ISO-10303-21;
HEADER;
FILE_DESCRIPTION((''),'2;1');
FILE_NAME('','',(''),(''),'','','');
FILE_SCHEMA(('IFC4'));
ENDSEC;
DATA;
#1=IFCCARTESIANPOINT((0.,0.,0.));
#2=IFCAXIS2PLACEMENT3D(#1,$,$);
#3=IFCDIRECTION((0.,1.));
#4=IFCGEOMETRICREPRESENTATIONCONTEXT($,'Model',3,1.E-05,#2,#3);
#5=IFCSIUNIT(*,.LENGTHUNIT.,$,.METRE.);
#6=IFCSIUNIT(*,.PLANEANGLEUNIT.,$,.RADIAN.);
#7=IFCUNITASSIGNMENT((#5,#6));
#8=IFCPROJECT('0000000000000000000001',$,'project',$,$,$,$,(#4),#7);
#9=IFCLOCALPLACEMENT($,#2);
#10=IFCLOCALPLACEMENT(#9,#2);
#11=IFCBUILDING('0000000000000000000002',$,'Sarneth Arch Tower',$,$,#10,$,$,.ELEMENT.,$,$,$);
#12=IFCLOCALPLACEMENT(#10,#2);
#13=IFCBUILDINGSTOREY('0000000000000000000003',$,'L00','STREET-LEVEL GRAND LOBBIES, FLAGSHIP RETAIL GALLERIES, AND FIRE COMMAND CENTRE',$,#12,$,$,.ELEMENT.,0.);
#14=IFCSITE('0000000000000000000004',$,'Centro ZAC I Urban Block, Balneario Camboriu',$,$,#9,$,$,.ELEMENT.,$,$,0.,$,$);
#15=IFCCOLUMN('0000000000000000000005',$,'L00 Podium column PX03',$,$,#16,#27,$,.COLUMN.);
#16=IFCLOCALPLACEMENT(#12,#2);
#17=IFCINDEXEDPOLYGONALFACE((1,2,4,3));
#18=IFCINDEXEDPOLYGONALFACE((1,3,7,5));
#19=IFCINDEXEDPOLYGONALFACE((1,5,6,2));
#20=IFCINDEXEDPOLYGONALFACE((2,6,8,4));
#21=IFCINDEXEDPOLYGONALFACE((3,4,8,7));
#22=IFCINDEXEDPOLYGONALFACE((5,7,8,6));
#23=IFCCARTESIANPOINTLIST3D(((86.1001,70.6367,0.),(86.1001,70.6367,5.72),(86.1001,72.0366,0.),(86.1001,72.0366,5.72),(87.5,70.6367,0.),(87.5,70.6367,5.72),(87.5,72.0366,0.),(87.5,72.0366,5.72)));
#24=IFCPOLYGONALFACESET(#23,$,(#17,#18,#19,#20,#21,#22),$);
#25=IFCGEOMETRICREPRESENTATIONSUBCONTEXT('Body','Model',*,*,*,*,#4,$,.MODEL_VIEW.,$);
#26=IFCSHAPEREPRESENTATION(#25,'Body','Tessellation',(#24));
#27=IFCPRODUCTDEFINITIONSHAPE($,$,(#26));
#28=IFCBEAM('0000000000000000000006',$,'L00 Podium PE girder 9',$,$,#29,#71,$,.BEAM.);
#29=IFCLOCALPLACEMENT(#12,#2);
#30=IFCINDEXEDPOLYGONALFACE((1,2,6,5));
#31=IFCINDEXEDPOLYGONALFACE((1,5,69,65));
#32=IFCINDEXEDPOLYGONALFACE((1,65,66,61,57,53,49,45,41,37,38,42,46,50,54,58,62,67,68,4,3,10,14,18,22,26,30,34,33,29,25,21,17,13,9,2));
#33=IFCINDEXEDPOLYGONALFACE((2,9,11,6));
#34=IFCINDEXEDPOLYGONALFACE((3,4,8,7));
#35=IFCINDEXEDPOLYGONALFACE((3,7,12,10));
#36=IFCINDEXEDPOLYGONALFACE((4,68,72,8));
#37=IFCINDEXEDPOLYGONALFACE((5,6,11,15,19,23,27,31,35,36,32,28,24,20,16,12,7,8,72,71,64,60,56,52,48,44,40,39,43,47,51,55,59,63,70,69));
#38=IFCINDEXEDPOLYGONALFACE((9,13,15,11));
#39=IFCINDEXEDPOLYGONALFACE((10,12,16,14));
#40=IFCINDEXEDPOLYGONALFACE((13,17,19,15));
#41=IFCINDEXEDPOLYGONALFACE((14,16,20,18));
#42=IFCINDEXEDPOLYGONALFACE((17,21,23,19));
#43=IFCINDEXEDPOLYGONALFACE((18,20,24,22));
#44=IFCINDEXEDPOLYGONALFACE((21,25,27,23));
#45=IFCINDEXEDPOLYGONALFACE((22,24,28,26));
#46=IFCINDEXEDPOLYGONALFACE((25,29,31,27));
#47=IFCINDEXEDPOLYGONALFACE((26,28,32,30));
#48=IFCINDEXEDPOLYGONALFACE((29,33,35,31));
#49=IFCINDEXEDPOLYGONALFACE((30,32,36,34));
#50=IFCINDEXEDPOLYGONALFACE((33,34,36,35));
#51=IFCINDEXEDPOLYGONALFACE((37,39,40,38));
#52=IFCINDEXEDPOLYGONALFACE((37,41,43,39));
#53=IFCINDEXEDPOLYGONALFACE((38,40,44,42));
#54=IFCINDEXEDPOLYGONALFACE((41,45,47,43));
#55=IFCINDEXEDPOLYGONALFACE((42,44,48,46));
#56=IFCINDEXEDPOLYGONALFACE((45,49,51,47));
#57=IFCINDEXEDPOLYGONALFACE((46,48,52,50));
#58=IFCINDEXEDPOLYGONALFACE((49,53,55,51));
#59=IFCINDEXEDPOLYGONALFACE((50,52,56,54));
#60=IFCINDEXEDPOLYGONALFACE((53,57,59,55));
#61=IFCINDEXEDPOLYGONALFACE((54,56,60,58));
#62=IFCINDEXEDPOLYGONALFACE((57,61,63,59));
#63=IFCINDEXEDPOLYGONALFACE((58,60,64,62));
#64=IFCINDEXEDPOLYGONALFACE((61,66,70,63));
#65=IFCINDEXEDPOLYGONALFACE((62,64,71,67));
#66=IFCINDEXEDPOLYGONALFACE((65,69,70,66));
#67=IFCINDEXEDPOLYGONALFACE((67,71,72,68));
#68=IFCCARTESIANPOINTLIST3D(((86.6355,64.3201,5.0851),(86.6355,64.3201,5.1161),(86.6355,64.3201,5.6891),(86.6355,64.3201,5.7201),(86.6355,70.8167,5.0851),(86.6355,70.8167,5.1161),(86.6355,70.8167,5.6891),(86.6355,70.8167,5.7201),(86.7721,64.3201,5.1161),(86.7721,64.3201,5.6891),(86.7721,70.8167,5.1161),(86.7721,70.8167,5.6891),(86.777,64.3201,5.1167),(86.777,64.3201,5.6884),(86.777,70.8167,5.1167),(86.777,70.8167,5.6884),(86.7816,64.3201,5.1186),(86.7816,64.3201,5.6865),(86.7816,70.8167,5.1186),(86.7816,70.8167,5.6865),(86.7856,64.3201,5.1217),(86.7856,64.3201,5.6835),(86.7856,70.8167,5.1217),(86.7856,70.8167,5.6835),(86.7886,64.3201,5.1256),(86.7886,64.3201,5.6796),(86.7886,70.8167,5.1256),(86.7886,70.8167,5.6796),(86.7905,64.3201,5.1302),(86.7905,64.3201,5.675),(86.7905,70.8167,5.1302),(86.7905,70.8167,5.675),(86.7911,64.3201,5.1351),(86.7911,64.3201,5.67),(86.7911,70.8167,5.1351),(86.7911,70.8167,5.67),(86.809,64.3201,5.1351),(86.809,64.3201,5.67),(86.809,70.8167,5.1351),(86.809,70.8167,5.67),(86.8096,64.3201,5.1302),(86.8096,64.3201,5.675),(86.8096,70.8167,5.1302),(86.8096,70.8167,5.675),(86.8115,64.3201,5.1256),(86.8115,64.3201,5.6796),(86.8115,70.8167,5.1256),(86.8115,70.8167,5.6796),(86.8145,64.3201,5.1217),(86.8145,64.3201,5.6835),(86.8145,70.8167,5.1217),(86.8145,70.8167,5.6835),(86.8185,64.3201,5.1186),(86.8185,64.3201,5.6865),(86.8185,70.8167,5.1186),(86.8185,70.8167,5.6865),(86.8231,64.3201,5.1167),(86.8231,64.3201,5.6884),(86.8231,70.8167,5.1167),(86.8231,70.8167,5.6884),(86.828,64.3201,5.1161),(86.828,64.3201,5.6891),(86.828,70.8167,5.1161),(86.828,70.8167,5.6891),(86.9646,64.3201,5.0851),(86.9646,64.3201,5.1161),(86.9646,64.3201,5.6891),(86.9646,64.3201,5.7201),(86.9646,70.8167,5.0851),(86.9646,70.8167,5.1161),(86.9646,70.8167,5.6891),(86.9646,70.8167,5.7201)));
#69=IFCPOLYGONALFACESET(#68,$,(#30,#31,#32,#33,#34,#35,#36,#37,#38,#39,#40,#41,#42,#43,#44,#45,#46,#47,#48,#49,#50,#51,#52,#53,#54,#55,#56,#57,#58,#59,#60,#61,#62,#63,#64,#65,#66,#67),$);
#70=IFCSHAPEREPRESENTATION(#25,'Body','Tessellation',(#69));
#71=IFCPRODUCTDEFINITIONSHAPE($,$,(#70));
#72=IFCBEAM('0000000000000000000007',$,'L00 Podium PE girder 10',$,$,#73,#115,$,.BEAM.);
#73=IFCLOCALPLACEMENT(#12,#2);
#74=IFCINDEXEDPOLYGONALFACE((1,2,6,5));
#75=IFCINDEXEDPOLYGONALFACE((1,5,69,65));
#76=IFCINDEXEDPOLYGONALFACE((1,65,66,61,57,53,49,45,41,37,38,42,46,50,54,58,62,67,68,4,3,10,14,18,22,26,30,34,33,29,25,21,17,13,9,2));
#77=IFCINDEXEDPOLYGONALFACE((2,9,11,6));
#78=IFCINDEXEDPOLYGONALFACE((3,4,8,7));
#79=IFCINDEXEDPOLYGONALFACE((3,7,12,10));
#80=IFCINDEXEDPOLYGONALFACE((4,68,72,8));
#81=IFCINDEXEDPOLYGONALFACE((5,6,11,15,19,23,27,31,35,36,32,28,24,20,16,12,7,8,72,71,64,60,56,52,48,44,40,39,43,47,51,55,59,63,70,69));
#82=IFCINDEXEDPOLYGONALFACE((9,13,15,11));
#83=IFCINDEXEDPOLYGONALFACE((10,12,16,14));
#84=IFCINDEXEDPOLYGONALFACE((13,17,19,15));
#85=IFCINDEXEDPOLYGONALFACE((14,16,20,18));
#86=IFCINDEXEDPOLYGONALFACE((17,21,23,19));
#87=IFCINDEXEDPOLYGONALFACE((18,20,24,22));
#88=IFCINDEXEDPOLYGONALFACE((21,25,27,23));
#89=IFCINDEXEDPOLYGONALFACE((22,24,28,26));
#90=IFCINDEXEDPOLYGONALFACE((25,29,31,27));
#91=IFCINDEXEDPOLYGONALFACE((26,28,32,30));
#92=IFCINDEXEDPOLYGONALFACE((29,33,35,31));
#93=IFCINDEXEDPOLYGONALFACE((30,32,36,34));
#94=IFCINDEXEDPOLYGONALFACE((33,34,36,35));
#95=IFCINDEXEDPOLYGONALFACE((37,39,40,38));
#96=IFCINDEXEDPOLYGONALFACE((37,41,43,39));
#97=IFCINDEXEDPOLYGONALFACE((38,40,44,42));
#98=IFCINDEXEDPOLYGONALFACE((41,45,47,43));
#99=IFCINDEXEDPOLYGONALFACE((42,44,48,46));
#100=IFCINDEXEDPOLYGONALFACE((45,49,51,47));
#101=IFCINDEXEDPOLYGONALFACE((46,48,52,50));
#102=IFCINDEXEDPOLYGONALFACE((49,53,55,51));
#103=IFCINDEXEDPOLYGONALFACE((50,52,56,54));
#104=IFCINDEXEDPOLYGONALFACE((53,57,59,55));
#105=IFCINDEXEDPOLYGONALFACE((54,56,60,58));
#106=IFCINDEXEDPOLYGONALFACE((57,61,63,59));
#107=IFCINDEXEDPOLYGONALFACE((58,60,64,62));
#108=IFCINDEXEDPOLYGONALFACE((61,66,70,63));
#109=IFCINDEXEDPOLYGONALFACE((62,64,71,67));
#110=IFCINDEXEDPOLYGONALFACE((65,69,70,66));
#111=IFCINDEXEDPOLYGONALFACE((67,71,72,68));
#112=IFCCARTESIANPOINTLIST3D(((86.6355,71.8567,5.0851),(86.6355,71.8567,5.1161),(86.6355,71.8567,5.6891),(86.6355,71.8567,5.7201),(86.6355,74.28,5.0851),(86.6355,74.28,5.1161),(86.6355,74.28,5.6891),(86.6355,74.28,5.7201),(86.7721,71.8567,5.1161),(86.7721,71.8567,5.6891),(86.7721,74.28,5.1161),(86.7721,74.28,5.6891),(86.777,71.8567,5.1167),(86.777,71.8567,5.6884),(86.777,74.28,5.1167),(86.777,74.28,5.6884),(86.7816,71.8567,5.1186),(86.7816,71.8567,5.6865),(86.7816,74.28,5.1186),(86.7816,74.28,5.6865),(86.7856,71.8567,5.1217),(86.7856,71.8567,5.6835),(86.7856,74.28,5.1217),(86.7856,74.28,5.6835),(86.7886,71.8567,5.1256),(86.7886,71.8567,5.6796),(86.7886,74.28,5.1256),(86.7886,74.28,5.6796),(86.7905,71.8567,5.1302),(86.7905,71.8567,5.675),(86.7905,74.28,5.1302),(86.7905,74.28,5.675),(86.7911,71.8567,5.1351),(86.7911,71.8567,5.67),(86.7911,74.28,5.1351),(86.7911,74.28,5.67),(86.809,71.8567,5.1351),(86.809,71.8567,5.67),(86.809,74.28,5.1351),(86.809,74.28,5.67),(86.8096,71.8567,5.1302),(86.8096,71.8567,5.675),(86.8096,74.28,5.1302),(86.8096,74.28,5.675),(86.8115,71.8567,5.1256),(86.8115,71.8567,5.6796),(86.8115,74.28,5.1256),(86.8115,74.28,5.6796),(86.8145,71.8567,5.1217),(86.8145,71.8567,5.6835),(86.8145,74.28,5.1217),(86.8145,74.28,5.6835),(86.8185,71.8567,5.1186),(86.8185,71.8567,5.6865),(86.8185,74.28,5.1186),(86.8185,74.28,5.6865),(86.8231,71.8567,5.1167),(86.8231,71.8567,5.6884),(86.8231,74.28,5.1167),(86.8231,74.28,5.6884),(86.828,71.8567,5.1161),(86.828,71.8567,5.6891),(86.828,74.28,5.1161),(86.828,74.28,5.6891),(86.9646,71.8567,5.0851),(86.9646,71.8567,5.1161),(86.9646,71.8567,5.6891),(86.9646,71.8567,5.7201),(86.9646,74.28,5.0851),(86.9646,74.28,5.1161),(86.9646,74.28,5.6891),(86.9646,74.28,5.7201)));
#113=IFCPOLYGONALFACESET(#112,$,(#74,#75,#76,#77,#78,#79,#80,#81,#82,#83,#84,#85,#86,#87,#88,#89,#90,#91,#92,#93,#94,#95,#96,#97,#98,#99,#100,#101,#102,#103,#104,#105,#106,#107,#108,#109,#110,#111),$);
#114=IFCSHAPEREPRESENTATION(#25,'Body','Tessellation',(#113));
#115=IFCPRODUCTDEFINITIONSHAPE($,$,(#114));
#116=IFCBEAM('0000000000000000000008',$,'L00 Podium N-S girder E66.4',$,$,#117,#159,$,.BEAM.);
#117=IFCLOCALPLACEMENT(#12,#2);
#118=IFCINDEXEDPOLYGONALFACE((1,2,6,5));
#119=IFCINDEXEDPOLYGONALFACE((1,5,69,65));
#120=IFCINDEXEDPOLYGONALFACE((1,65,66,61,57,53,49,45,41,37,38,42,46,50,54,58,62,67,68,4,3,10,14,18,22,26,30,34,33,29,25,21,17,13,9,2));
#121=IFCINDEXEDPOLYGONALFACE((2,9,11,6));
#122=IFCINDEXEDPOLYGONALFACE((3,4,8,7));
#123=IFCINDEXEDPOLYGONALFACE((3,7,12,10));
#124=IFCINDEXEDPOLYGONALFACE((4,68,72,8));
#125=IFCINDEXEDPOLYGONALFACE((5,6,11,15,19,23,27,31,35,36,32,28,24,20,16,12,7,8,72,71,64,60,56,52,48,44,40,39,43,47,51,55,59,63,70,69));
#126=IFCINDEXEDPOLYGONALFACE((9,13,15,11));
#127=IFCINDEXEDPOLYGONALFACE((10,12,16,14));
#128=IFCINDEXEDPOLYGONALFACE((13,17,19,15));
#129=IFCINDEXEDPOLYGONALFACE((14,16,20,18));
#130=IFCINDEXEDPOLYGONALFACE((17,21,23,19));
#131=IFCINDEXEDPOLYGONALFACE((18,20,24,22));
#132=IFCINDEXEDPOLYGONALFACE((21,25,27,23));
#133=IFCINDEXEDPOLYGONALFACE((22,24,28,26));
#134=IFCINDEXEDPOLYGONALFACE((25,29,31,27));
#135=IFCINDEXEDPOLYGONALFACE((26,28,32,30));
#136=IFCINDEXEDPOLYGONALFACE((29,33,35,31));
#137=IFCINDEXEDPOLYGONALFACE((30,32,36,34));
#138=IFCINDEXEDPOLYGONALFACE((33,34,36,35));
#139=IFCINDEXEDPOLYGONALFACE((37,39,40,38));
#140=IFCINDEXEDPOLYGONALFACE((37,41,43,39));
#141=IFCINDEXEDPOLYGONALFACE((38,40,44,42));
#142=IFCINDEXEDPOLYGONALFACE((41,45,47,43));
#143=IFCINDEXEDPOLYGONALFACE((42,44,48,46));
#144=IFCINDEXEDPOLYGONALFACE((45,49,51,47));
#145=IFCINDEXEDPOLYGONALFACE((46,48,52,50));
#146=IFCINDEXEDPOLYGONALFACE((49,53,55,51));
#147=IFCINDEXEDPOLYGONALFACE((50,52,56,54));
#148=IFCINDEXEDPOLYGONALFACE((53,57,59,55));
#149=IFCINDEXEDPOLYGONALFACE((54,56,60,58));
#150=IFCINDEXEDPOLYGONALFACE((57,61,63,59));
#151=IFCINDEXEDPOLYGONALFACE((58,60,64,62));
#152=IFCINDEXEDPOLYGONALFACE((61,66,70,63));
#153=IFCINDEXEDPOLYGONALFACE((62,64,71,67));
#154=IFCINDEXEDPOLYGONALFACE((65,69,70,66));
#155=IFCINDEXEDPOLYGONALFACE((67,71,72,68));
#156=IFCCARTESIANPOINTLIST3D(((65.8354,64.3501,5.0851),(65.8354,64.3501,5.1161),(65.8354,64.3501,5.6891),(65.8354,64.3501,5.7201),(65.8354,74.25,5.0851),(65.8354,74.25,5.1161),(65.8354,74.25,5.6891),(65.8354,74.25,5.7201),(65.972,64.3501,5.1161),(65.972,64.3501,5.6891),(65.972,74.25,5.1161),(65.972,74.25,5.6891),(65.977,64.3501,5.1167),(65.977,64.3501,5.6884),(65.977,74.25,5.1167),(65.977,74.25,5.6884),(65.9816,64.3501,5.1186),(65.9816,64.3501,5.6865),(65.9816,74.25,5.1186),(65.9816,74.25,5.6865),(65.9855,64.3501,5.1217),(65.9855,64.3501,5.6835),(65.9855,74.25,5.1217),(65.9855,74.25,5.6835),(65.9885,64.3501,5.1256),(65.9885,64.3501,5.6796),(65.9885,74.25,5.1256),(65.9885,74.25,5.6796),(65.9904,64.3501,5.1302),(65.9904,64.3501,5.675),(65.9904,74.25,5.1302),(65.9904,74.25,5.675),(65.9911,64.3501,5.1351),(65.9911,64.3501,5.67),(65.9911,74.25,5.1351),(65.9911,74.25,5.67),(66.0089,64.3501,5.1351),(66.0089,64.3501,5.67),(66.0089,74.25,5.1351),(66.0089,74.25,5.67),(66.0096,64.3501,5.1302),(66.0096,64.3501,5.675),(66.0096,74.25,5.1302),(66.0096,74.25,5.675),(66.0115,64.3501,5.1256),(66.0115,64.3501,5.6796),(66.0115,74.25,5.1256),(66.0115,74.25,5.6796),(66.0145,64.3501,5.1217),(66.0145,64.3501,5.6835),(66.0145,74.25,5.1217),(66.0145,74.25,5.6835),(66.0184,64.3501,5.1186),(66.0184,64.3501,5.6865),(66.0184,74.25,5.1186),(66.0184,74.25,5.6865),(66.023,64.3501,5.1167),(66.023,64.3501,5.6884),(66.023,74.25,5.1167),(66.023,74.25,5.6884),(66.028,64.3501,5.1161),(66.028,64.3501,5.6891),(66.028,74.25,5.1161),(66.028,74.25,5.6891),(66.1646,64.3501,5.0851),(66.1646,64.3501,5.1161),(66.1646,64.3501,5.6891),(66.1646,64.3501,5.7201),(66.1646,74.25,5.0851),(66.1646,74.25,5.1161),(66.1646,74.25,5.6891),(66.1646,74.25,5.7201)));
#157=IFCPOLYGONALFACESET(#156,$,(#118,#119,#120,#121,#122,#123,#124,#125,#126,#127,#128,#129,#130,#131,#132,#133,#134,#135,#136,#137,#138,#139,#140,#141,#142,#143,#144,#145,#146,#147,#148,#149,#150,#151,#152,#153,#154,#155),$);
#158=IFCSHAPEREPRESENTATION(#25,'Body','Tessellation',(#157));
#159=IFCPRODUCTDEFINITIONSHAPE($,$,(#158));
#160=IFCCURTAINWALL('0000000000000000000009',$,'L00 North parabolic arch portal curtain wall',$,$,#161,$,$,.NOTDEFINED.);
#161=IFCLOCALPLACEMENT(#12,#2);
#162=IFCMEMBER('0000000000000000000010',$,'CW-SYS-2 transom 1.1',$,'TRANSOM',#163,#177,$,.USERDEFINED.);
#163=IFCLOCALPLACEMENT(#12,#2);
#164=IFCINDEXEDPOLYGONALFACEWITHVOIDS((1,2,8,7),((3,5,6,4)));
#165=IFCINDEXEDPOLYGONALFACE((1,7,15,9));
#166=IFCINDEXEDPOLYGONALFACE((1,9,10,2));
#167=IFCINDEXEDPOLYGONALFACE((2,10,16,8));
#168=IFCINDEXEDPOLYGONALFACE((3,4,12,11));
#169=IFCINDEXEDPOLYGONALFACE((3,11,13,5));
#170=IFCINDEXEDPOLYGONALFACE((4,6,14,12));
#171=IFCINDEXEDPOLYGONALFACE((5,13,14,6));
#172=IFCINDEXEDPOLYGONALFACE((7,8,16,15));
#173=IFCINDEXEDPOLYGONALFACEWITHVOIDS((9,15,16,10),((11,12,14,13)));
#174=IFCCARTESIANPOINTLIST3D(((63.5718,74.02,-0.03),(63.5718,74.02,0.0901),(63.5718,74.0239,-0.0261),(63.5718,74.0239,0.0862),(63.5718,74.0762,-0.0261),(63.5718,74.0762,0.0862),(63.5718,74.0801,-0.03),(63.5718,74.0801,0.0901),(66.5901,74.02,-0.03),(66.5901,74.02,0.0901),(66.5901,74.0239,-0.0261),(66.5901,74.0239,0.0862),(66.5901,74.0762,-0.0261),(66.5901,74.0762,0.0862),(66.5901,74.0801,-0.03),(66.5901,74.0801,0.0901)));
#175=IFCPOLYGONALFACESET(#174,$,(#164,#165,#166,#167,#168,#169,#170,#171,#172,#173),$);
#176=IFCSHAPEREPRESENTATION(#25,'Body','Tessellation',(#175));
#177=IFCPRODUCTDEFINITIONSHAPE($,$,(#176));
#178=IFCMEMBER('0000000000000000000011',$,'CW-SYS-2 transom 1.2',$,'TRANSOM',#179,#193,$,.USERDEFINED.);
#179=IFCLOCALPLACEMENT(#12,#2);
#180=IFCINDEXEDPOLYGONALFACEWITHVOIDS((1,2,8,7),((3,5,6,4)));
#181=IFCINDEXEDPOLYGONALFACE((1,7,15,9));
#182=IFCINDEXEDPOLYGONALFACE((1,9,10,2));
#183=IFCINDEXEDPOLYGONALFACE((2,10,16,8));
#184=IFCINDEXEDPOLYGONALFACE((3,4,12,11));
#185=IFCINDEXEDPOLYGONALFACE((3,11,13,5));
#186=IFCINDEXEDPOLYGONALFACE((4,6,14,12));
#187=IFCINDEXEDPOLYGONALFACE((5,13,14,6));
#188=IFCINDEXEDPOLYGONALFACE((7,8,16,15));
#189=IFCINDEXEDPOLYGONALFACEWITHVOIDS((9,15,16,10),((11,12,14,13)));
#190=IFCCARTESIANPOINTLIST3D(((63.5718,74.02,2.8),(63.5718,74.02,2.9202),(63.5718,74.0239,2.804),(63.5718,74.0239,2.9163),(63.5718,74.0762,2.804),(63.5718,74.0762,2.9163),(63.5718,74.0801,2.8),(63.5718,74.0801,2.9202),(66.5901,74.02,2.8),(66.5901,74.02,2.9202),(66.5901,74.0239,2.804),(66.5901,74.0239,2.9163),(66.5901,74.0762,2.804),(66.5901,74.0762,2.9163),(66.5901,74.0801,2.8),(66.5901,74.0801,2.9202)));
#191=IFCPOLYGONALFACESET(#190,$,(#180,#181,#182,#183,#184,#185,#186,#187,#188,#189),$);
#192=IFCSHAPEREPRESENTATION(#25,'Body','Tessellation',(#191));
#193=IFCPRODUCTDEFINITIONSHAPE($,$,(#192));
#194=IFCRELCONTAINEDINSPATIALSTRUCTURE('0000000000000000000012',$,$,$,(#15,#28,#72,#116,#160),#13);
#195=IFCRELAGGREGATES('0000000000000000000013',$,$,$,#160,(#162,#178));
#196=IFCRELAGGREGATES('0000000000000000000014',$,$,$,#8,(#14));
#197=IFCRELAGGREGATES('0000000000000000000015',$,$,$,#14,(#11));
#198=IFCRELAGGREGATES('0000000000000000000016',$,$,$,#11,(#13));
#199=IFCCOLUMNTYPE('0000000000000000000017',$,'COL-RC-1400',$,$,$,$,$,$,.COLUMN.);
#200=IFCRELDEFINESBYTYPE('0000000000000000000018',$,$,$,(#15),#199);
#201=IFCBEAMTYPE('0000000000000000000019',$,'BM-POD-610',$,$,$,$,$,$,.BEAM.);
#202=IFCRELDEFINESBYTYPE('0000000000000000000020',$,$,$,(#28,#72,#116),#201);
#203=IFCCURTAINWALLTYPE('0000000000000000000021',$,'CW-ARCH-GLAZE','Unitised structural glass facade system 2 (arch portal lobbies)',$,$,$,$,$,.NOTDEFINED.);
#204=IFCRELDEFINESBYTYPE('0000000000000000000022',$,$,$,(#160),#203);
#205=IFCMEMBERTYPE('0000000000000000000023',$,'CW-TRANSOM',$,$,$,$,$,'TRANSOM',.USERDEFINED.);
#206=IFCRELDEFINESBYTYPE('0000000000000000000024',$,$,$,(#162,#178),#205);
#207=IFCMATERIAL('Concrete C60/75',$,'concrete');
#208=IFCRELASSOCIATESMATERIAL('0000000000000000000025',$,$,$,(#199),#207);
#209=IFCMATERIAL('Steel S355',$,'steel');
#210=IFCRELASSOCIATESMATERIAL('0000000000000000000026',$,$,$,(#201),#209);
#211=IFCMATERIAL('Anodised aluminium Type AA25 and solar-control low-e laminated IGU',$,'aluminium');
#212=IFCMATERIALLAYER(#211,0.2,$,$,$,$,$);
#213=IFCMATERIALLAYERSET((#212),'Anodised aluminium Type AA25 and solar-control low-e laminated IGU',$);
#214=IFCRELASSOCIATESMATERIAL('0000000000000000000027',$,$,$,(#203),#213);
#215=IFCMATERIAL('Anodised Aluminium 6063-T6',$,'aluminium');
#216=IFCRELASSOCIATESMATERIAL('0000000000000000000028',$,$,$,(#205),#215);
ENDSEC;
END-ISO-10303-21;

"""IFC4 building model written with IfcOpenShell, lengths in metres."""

from ifc_helpers import new_model, si_unit, direction, frame, origin, origin_2d, place, context, subcontext, project, spatial, rectangle, hollow_rectangle, i_section, extrude, material, layer, layer_set, material_profile, profile_set, type_object, element, aggregate, save


model = new_model("IFC4")

# Units and contexts
model_context = context("Model", 3, precision=1e-05, world=origin(), true_north=direction((0.0, 1.0)))
body_context = subcontext(model_context, "Body", "Model", "MODEL_VIEW")
ifc_project = project(units=[si_unit("LENGTHUNIT", "METRE"), si_unit("PLANEANGLEUNIT", "RADIAN")], contexts=[model_context])

# Site, building, storey
site_placement = place(None, origin())
site = spatial("IfcSite", under=ifc_project, at=site_placement, Name="Centro ZAC I Urban Block, Balneario Camboriu", CompositionType="ELEMENT", RefElevation=0.0)
building_placement = place(site_placement, origin())
building = spatial("IfcBuilding", under=site, at=building_placement, Name="Sarneth Arch Tower", CompositionType="ELEMENT")
storey_placement = place(building_placement, origin())
storey = spatial("IfcBuildingStorey", under=building, at=storey_placement, Name="L00", Description="STREET-LEVEL GRAND LOBBIES, FLAGSHIP RETAIL GALLERIES, AND FIRE COMMAND CENTRE", CompositionType="ELEMENT", Elevation=0.0)

# Column
ifc_material_1 = material(Name="Concrete C60/75", Category="concrete")
ifc_material_profile_1 = material_profile(ifc_material_1, rectangle(XDim=1.3999, YDim=1.3999, at=origin_2d()), Name="RC-1400x1400")
ifc_profile_set_1 = profile_set([ifc_material_profile_1], Name="Concrete C60/75")
column_type = type_object("IfcColumnType", Name="COL-RC-1400", PredefinedType="COLUMN", material=ifc_profile_set_1)
column_placement = place(storey_placement, frame((86.8, 71.3367, 0.0), z_axis=(0.0, 0.0, 1.0), x_axis=(1.0, 0.0, 0.0)))
element("IfcColumn", 1, at=column_placement, inside=storey, type_object=column_type, Name="L00 Podium column PX03", PredefinedType="COLUMN", context=body_context, shape_type="SweptSolid", body=[
    extrude(rectangle(XDim=1.3999, YDim=1.3999, at=origin_2d()), origin(), (0.0, 0.0, 1.0), 5.72),
])

# Beams
ifc_material_2 = material(Name="Steel S355", Category="steel")
ifc_material_profile_2 = material_profile(ifc_material_2, i_section(OverallWidth=0.3291, OverallDepth=0.635, WebThickness=0.0178, FlangeThickness=0.031, FilletRadius=0.019, at=origin_2d()), Name="W610x241")
ifc_profile_set_2 = profile_set([ifc_material_profile_2], Name="Steel S355")
beam_type = type_object("IfcBeamType", Name="BM-POD-610", PredefinedType="BEAM", material=ifc_profile_set_2)
beam_1_placement = place(storey_placement, frame((86.8, 64.3201, 5.4026), z_axis=(0.0, 1.0, 0.0), x_axis=(-1.0, 0.0, 0.0)))
element("IfcBeam", 2, at=beam_1_placement, inside=storey, type_object=beam_type, Name="L00 Podium PE girder 9", PredefinedType="BEAM", context=body_context, shape_type="SweptSolid", body=[
    extrude(i_section(OverallWidth=0.3291, OverallDepth=0.635, WebThickness=0.0178, FlangeThickness=0.031, FilletRadius=0.019, at=origin_2d()), origin(), (0.0, 0.0, 1.0), 6.4966),
])
beam_2_placement = place(storey_placement, frame((86.8, 71.8567, 5.4026), z_axis=(0.0, 1.0, 0.0), x_axis=(-1.0, 0.0, 0.0)))
element("IfcBeam", 3, at=beam_2_placement, inside=storey, type_object=beam_type, Name="L00 Podium PE girder 10", PredefinedType="BEAM", context=body_context, shape_type="SweptSolid", body=[
    extrude(i_section(OverallWidth=0.3291, OverallDepth=0.635, WebThickness=0.0178, FlangeThickness=0.031, FilletRadius=0.019, at=origin_2d()), origin(), (0.0, 0.0, 1.0), 2.4233),
])
beam_3_placement = place(storey_placement, frame((66.0, 64.3501, 5.4026), z_axis=(0.0, 1.0, 0.0), x_axis=(-1.0, 0.0, 0.0)))
element("IfcBeam", 4, at=beam_3_placement, inside=storey, type_object=beam_type, Name="L00 Podium N-S girder E66.4", PredefinedType="BEAM", context=body_context, shape_type="SweptSolid", body=[
    extrude(i_section(OverallWidth=0.3291, OverallDepth=0.635, WebThickness=0.0178, FlangeThickness=0.031, FilletRadius=0.019, at=origin_2d()), origin(), (0.0, 0.0, 1.0), 9.8999),
])

# Curtain wall, members
ifc_material_3 = material(Name="Anodised aluminium Type AA25 and solar-control low-e laminated IGU", Category="aluminium")
ifc_layer_1 = layer(ifc_material_3, 0.2)
ifc_layer_set_1 = layer_set([ifc_layer_1], Name="Anodised aluminium Type AA25 and solar-control low-e laminated IGU")
curtain_wall_type = type_object("IfcCurtainWallType", Name="CW-ARCH-GLAZE", Description="Unitised structural glass facade system 2 (arch portal lobbies)", PredefinedType="NOTDEFINED", material=ifc_layer_set_1)
curtain_wall_placement = place(storey_placement, origin())
curtain_wall = element("IfcCurtainWall", 5, at=curtain_wall_placement, inside=storey, type_object=curtain_wall_type, Name="L00 North parabolic arch portal curtain wall", PredefinedType="NOTDEFINED")
ifc_material_4 = material(Name="Anodised Aluminium 6063-T6", Category="aluminium")
ifc_material_profile_3 = material_profile(ifc_material_4, hollow_rectangle(XDim=0.0601, YDim=0.1201, WallThickness=0.0039, at=origin_2d()), Name="AL-TRAN-120x60x4")
ifc_profile_set_3 = profile_set([ifc_material_profile_3], Name="Anodised Aluminium 6063-T6")
member_type = type_object("IfcMemberType", Name="CW-TRANSOM", ElementType="TRANSOM", PredefinedType="USERDEFINED", material=ifc_profile_set_3)
member_1_placement = place(storey_placement, frame((66.5901, 74.05, 0.03), z_axis=(-1.0, 0.0, 0.0), x_axis=(0.0, -1.0, 0.0)))
member_1 = element("IfcMember", 6, at=member_1_placement, type_object=member_type, Name="CW-SYS-2 transom 1.1", ObjectType="TRANSOM", PredefinedType="USERDEFINED", context=body_context, shape_type="SweptSolid", body=[
    extrude(hollow_rectangle(XDim=0.0601, YDim=0.1201, WallThickness=0.0039, at=origin_2d()), origin(), (0.0, 0.0, 1.0), 3.0183),
])
member_2_placement = place(storey_placement, frame((66.5901, 74.05, 2.8601), z_axis=(-1.0, 0.0, 0.0), x_axis=(0.0, -1.0, 0.0)))
member_2 = element("IfcMember", 7, at=member_2_placement, type_object=member_type, Name="CW-SYS-2 transom 1.2", ObjectType="TRANSOM", PredefinedType="USERDEFINED", context=body_context, shape_type="SweptSolid", body=[
    extrude(hollow_rectangle(XDim=0.0601, YDim=0.1201, WallThickness=0.0039, at=origin_2d()), origin(), (0.0, 0.0, 1.0), 3.0183),
])
aggregate(curtain_wall, [member_1, member_2])

save(model, "model.ifc")
